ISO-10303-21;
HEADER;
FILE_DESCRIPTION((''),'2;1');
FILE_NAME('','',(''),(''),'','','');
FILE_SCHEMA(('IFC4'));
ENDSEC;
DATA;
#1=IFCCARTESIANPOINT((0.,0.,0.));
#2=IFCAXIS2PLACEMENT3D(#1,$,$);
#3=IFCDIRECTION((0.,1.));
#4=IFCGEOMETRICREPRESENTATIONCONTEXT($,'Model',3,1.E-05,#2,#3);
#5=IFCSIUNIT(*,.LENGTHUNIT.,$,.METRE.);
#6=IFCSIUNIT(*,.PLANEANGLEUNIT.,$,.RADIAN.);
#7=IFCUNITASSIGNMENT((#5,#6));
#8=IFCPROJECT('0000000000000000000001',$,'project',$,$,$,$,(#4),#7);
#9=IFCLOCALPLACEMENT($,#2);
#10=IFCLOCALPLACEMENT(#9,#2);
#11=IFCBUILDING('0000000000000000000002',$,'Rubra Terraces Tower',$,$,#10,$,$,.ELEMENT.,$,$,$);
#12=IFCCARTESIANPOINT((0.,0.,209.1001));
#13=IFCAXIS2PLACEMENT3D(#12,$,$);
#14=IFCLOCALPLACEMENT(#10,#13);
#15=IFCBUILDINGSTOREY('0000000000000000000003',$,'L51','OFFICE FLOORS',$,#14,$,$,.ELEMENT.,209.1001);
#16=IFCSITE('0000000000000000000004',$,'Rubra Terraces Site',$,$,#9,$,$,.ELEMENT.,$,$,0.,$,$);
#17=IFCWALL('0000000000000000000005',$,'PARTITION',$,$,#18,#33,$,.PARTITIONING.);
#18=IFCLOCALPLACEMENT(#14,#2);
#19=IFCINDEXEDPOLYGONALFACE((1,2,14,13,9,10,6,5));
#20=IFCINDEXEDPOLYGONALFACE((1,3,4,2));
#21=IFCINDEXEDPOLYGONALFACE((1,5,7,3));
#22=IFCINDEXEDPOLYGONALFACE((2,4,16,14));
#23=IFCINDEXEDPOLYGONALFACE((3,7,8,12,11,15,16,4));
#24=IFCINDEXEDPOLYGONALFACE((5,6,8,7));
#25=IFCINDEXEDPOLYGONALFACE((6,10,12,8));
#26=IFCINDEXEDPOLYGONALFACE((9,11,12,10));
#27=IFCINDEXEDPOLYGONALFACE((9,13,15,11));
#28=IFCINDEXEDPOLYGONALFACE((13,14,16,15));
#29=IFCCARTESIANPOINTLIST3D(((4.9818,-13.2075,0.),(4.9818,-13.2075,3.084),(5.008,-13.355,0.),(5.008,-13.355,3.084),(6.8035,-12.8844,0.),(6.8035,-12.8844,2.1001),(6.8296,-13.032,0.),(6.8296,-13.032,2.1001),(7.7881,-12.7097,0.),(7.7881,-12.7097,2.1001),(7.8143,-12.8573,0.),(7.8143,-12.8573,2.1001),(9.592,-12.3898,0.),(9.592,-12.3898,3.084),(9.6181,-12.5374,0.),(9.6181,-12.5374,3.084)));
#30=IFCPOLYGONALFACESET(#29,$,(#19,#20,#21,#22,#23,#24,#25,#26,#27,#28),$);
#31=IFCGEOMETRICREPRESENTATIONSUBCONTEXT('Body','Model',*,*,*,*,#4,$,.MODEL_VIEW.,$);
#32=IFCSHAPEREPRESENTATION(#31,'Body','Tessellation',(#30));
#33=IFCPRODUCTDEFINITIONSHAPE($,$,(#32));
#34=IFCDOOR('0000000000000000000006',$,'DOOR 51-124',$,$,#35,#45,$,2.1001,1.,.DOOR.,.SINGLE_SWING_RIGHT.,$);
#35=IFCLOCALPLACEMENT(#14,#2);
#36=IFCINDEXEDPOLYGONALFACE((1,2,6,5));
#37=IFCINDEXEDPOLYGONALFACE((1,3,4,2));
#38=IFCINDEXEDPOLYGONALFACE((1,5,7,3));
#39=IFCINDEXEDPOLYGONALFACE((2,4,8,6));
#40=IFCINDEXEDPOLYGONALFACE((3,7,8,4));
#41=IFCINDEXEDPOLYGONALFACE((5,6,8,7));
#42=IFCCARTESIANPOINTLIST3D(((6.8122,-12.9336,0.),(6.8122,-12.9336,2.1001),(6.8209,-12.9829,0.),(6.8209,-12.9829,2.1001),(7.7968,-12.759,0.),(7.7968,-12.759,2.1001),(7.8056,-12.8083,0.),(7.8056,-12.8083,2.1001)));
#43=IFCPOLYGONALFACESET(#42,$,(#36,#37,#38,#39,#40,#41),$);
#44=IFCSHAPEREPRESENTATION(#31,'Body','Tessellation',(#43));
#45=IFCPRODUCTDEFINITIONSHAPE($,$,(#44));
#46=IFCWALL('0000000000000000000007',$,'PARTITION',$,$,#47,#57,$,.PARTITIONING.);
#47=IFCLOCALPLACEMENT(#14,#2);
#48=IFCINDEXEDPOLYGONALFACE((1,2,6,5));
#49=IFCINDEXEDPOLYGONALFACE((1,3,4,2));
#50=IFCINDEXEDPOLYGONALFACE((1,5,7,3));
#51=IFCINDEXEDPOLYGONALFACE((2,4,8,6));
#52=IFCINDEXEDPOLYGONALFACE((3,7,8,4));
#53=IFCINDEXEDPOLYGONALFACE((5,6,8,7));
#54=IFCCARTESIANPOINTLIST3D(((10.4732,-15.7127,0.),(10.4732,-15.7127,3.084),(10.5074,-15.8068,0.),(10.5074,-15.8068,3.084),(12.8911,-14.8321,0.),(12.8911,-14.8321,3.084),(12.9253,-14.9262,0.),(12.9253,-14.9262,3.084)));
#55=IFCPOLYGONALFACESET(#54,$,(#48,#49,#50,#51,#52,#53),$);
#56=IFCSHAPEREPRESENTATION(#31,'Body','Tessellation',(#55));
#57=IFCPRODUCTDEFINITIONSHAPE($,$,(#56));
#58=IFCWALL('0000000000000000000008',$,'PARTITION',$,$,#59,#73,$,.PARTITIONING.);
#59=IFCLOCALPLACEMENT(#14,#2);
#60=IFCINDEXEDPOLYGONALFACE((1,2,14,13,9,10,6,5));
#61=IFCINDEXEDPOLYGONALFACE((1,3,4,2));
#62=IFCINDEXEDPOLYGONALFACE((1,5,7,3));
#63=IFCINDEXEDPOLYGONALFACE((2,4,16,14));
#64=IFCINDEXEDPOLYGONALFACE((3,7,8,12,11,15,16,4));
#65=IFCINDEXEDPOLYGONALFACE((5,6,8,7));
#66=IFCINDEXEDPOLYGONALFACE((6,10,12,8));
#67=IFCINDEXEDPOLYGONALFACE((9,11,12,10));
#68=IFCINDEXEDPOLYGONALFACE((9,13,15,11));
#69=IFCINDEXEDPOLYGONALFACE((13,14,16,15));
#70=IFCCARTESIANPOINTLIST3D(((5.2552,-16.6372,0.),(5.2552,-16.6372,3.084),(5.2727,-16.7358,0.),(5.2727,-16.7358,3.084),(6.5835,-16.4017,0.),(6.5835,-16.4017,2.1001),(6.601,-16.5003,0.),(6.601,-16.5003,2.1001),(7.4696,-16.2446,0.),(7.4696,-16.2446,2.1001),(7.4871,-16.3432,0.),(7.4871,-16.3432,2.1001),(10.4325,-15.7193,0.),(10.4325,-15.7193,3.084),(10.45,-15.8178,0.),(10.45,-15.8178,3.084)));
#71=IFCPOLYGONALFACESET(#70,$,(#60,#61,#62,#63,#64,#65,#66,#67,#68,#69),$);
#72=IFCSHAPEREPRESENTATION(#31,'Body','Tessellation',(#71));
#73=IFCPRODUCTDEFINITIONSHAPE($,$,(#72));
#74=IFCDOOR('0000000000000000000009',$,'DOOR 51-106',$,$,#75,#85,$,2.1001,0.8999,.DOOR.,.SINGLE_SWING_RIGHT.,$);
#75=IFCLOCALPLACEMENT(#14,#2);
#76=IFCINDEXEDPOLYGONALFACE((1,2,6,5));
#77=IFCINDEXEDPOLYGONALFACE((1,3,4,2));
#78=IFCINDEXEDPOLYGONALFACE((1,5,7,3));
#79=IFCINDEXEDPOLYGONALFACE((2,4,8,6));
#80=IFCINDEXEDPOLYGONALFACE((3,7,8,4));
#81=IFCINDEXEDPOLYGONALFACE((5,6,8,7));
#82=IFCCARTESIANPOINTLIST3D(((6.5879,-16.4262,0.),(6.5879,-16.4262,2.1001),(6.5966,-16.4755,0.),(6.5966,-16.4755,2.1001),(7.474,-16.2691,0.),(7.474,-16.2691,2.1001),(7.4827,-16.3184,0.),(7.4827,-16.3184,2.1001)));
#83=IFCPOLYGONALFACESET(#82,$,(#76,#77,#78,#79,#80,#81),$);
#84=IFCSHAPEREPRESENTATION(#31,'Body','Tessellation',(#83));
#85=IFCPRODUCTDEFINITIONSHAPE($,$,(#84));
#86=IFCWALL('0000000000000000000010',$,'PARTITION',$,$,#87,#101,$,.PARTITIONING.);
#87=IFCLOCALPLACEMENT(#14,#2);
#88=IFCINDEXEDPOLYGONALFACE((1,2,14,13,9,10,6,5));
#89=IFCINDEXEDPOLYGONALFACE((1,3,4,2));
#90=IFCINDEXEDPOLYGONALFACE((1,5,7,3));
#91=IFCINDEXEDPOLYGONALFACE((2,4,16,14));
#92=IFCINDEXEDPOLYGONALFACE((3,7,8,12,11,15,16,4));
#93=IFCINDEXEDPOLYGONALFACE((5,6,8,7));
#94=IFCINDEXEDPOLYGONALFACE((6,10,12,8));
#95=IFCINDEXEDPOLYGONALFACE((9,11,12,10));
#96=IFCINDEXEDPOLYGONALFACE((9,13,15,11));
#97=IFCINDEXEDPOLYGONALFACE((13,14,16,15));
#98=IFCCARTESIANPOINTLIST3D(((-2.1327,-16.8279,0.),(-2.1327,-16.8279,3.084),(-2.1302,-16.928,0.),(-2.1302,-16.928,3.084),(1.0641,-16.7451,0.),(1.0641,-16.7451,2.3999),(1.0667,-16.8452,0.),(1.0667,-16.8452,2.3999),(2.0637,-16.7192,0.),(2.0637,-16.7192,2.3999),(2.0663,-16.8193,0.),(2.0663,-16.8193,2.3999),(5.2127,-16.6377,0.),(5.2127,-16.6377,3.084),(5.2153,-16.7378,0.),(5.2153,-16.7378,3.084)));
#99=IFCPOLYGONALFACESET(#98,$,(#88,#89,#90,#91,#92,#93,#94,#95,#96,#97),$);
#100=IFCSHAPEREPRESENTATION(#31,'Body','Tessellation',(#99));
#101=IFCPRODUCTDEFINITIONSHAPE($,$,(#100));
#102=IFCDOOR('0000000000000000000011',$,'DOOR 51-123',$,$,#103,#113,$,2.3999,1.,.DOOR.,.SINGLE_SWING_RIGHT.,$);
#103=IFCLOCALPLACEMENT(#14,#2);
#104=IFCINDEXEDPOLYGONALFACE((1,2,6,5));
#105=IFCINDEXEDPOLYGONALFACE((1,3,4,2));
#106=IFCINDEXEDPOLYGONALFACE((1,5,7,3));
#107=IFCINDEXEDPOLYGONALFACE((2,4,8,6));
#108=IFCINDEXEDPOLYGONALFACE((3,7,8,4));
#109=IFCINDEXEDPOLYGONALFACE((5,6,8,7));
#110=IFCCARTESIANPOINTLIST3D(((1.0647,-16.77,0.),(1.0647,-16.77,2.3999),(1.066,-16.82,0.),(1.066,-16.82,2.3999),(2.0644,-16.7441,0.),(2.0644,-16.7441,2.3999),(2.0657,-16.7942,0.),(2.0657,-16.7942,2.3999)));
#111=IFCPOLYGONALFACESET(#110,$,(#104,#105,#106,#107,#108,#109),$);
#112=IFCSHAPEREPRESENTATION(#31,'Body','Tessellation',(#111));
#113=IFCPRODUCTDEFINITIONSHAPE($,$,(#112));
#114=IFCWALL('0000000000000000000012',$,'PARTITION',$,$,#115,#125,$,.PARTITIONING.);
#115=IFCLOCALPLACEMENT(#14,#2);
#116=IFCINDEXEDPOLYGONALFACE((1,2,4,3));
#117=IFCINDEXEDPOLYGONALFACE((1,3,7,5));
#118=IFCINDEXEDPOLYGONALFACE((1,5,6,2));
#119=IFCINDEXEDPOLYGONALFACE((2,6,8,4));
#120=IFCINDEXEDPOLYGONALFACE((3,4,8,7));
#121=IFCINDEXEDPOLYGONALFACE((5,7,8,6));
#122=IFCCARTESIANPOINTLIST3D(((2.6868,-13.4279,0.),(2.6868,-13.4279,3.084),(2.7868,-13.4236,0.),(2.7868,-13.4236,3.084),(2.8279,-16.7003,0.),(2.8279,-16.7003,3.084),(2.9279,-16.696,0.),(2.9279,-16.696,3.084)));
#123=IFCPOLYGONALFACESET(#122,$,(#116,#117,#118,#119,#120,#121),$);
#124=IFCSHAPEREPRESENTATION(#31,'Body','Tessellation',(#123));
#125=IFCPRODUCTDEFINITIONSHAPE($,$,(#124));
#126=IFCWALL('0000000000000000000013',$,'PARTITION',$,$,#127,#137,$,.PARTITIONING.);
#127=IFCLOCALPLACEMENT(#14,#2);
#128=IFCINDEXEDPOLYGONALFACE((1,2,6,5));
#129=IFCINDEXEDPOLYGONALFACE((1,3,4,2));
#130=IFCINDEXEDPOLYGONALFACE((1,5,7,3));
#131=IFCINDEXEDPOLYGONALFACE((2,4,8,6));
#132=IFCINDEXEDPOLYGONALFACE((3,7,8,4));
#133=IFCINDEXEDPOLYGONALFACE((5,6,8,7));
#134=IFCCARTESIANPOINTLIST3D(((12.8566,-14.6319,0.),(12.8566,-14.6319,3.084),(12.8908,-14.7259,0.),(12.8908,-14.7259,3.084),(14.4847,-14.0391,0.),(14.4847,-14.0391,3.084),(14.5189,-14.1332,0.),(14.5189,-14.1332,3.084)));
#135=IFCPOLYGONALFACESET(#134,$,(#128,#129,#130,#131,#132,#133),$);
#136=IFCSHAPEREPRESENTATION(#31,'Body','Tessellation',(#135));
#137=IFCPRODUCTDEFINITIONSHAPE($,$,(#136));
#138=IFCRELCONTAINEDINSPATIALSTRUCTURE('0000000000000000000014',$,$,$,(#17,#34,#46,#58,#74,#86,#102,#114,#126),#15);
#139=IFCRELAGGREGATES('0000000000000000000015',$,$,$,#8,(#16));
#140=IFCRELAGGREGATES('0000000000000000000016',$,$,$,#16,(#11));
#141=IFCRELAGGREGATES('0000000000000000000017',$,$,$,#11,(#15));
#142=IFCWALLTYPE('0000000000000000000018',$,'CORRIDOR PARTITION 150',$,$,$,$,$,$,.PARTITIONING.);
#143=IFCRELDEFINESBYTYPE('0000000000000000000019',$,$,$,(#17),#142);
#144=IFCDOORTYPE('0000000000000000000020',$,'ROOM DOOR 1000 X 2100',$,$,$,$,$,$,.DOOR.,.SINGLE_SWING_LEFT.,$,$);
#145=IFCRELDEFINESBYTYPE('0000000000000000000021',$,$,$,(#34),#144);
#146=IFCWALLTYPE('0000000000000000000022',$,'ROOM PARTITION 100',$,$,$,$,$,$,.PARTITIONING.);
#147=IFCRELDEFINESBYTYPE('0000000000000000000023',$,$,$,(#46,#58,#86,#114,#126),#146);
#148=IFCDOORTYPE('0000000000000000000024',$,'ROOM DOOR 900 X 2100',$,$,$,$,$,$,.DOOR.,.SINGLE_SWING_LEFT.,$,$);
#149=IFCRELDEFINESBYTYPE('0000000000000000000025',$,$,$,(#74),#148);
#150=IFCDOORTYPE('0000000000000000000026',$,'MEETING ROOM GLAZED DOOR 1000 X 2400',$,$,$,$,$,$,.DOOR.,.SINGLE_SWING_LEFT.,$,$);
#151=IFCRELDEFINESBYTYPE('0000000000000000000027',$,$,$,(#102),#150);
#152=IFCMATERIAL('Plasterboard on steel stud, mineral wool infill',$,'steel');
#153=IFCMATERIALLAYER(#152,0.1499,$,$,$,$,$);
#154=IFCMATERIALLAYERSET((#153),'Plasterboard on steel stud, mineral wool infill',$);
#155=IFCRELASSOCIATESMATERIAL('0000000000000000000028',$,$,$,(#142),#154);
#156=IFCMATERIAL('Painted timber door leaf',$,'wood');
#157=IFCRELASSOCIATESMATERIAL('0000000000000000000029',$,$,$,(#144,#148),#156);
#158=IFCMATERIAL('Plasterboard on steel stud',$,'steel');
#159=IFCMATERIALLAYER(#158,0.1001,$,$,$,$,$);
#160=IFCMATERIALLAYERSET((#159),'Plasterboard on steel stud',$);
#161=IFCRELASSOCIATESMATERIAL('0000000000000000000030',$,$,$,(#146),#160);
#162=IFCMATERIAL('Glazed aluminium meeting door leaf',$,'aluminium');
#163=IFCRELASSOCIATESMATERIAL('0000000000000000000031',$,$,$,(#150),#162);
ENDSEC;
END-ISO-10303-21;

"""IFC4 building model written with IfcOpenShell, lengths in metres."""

from ifc_helpers import new_model, si_unit, direction, frame, frame_2d, origin, place, context, subcontext, project, spatial, rectangle, extrude, material, layer, layer_set, type_object, element, fill, save


model = new_model("IFC4")

# Units and contexts
model_context = context("Model", 3, precision=1e-05, world=origin(), true_north=direction((0.0, 1.0)))
body_context = subcontext(model_context, "Body", "Model", "MODEL_VIEW")
ifc_project = project(units=[si_unit("LENGTHUNIT", "METRE"), si_unit("PLANEANGLEUNIT", "RADIAN")], contexts=[model_context])

# Site, building, storey
site_placement = place(None, origin())
site = spatial("IfcSite", under=ifc_project, at=site_placement, Name="Rubra Terraces Site", CompositionType="ELEMENT", RefElevation=0.0)
building_placement = place(site_placement, origin())
building = spatial("IfcBuilding", under=site, at=building_placement, Name="Rubra Terraces Tower", CompositionType="ELEMENT")
storey_placement = place(building_placement, frame((0.0, 0.0, 209.1001)))
storey = spatial("IfcBuildingStorey", under=building, at=storey_placement, Name="L51", Description="OFFICE FLOORS", CompositionType="ELEMENT", Elevation=209.1001)

# Wall, opening, door
ifc_material_1 = material(Name="Plasterboard on steel stud, mineral wool infill", Category="steel")
ifc_layer_1 = layer(ifc_material_1, 0.1499)
ifc_layer_set_1 = layer_set([ifc_layer_1], Name="Plasterboard on steel stud, mineral wool infill")
wall_type_1 = type_object("IfcWallType", Name="CORRIDOR PARTITION 150", PredefinedType="PARTITIONING", material=ifc_layer_set_1)
wall_1_placement = place(storey_placement, frame((4.9949, -13.2812, 0.0), z_axis=(0.0, 0.0, 1.0), x_axis=(0.984634, 0.17463, 0.0)))
wall_1 = element("IfcWall", 1, at=wall_1_placement, inside=storey, type_object=wall_type_1, Name="PARTITION", PredefinedType="PARTITIONING", context=body_context, shape_type="SweptSolid", body=[
    extrude(rectangle(XDim=4.6821, YDim=0.1499, at=frame_2d((2.3411, 0.0))), origin(), (0.0, 0.0, 1.0), 3.084),
])
opening_1_placement = place(wall_1_placement, frame((1.8501, 0.0, 0.0)))
opening_1 = element("IfcOpeningElement", 2, at=opening_1_placement, cuts=wall_1, PredefinedType="OPENING", context=body_context, shape_type="SweptSolid", body=[
    extrude(rectangle(XDim=1.0, YDim=2.1001, at=frame_2d((0.5, 1.05))), frame((0.0, 0.085, 0.0), z_axis=(0.0, -1.0, 0.0), x_axis=(1.0, 0.0, 0.0)), (0.0, 0.0, 1.0), 0.1699),
])
ifc_material_2 = material(Name="Painted timber door leaf", Category="wood")
door_type_1 = type_object("IfcDoorType", Name="ROOM DOOR 1000 X 2100", OperationType="SINGLE_SWING_LEFT", PredefinedType="DOOR", material=ifc_material_2)
door_1_placement = place(opening_1_placement, origin())
door_1 = element("IfcDoor", 3, at=door_1_placement, inside=storey, type_object=door_type_1, Name="DOOR 51-124", OperationType="SINGLE_SWING_RIGHT", OverallHeight=2.1001, OverallWidth=1.0, PredefinedType="DOOR", context=body_context, shape_type="SweptSolid", body=[
    extrude(rectangle(XDim=1.0, YDim=2.1001, at=frame_2d((0.5, 1.05))), frame((0.0, 0.0249, 0.0), z_axis=(0.0, -1.0, 0.0), x_axis=(1.0, 0.0, 0.0)), (0.0, 0.0, 1.0), 0.05),
])
fill(opening_1, door_1)

# Wall
ifc_material_3 = material(Name="Plasterboard on steel stud", Category="steel")
ifc_layer_2 = layer(ifc_material_3, 0.1001)
ifc_layer_set_2 = layer_set([ifc_layer_2], Name="Plasterboard on steel stud")
wall_type_2 = type_object("IfcWallType", Name="ROOM PARTITION 100", PredefinedType="PARTITIONING", material=ifc_layer_set_2)
wall_2_placement = place(storey_placement, frame((12.9082, -14.8792, 0.0), z_axis=(0.0, 0.0, 1.0), x_axis=(-0.939624, -0.342208, 0.0)))
element("IfcWall", 4, at=wall_2_placement, inside=storey, type_object=wall_type_2, Name="PARTITION", PredefinedType="PARTITIONING", context=body_context, shape_type="SweptSolid", body=[
    extrude(rectangle(XDim=2.5732, YDim=0.1001, at=frame_2d((1.2866, 0.0))), origin(), (0.0, 0.0, 1.0), 3.084),
])

# Walls, openings, doors
wall_3_placement = place(storey_placement, frame((10.4412, -15.7686, 0.0), z_axis=(0.0, 0.0, 1.0), x_axis=(-0.984642, -0.174585, 0.0)))
wall_3 = element("IfcWall", 5, at=wall_3_placement, inside=storey, type_object=wall_type_2, Name="PARTITION", PredefinedType="PARTITIONING", context=body_context, shape_type="SweptSolid", body=[
    extrude(rectangle(XDim=5.2581, YDim=0.1001, at=frame_2d((2.6289, 0.0))), origin(), (0.0, 0.0, 1.0), 3.084),
])
opening_2_placement = place(wall_3_placement, frame((3.009, 0.0, 0.0)))
opening_2 = element("IfcOpeningElement", 6, at=opening_2_placement, cuts=wall_3, PredefinedType="OPENING", context=body_context, shape_type="SweptSolid", body=[
    extrude(rectangle(XDim=0.8999, YDim=2.1001, at=frame_2d((0.45, 1.05))), frame((0.0, 0.0601, 0.0), z_axis=(0.0, -1.0, 0.0), x_axis=(1.0, 0.0, 0.0)), (0.0, 0.0, 1.0), 0.1201),
])
door_type_2 = type_object("IfcDoorType", Name="ROOM DOOR 900 X 2100", OperationType="SINGLE_SWING_LEFT", PredefinedType="DOOR", material=ifc_material_2)
door_2_placement = place(opening_2_placement, origin())
door_2 = element("IfcDoor", 7, at=door_2_placement, inside=storey, type_object=door_type_2, Name="DOOR 51-106", OperationType="SINGLE_SWING_RIGHT", OverallHeight=2.1001, OverallWidth=0.8999, PredefinedType="DOOR", context=body_context, shape_type="SweptSolid", body=[
    extrude(rectangle(XDim=0.8999, YDim=2.1001, at=frame_2d((0.45, 1.05))), frame((0.0, 0.0249, 0.0), z_axis=(0.0, -1.0, 0.0), x_axis=(1.0, 0.0, 0.0)), (0.0, 0.0, 1.0), 0.05),
])
fill(opening_2, door_2)
wall_4_placement = place(storey_placement, frame((5.2139, -16.6877, 0.0), z_axis=(0.0, 0.0, 1.0), x_axis=(-0.999665, -0.025883, 0.0)))
wall_4 = element("IfcWall", 8, at=wall_4_placement, inside=storey, type_object=wall_type_2, Name="PARTITION", PredefinedType="PARTITIONING", context=body_context, shape_type="SweptSolid", body=[
    extrude(rectangle(XDim=7.3479, YDim=0.1001, at=frame_2d((3.6738, 0.0))), origin(), (0.0, 0.0, 1.0), 3.084),
])
opening_3_placement = place(wall_4_placement, frame((3.1499, 0.0, 0.0)))
opening_3 = element("IfcOpeningElement", 9, at=opening_3_placement, cuts=wall_4, PredefinedType="OPENING", context=body_context, shape_type="SweptSolid", body=[
    extrude(rectangle(XDim=1.0, YDim=2.3999, at=frame_2d((0.5, 1.2))), frame((0.0, 0.0601, 0.0), z_axis=(0.0, -1.0, 0.0), x_axis=(1.0, 0.0, 0.0)), (0.0, 0.0, 1.0), 0.1201),
])
ifc_material_4 = material(Name="Glazed aluminium meeting door leaf", Category="aluminium")
door_type_3 = type_object("IfcDoorType", Name="MEETING ROOM GLAZED DOOR 1000 X 2400", OperationType="SINGLE_SWING_LEFT", PredefinedType="DOOR", material=ifc_material_4)
door_3_placement = place(opening_3_placement, origin())
door_3 = element("IfcDoor", 10, at=door_3_placement, inside=storey, type_object=door_type_3, Name="DOOR 51-123", OperationType="SINGLE_SWING_RIGHT", OverallHeight=2.3999, OverallWidth=1.0, PredefinedType="DOOR", context=body_context, shape_type="SweptSolid", body=[
    extrude(rectangle(XDim=1.0, YDim=2.3999, at=frame_2d((0.5, 1.2))), frame((0.0, 0.0249, 0.0), z_axis=(0.0, -1.0, 0.0), x_axis=(1.0, 0.0, 0.0)), (0.0, 0.0, 1.0), 0.05),
])
fill(opening_3, door_3)

# Walls
wall_5_placement = place(storey_placement, frame((2.7368, -13.4258, 0.0), z_axis=(0.0, 0.0, 1.0), x_axis=(0.043081, -0.999072, 0.0)))
element("IfcWall", 11, at=wall_5_placement, inside=storey, type_object=wall_type_2, Name="PARTITION", PredefinedType="PARTITIONING", context=body_context, shape_type="SweptSolid", body=[
    extrude(rectangle(XDim=3.2754, YDim=0.1001, at=frame_2d((1.6377, 0.0))), origin(), (0.0, 0.0, 1.0), 3.084),
])
wall_6_placement = place(storey_placement, frame((14.5017, -14.0862, 0.0), z_axis=(0.0, 0.0, 1.0), x_axis=(-0.939662, -0.342105, 0.0)))
element("IfcWall", 12, at=wall_6_placement, inside=storey, type_object=wall_type_2, Name="PARTITION", PredefinedType="PARTITIONING", context=body_context, shape_type="SweptSolid", body=[
    extrude(rectangle(XDim=1.7327, YDim=0.1001, at=frame_2d((0.8662, 0.0))), origin(), (0.0, 0.0, 1.0), 3.084),
])

save(model, "model.ifc")
